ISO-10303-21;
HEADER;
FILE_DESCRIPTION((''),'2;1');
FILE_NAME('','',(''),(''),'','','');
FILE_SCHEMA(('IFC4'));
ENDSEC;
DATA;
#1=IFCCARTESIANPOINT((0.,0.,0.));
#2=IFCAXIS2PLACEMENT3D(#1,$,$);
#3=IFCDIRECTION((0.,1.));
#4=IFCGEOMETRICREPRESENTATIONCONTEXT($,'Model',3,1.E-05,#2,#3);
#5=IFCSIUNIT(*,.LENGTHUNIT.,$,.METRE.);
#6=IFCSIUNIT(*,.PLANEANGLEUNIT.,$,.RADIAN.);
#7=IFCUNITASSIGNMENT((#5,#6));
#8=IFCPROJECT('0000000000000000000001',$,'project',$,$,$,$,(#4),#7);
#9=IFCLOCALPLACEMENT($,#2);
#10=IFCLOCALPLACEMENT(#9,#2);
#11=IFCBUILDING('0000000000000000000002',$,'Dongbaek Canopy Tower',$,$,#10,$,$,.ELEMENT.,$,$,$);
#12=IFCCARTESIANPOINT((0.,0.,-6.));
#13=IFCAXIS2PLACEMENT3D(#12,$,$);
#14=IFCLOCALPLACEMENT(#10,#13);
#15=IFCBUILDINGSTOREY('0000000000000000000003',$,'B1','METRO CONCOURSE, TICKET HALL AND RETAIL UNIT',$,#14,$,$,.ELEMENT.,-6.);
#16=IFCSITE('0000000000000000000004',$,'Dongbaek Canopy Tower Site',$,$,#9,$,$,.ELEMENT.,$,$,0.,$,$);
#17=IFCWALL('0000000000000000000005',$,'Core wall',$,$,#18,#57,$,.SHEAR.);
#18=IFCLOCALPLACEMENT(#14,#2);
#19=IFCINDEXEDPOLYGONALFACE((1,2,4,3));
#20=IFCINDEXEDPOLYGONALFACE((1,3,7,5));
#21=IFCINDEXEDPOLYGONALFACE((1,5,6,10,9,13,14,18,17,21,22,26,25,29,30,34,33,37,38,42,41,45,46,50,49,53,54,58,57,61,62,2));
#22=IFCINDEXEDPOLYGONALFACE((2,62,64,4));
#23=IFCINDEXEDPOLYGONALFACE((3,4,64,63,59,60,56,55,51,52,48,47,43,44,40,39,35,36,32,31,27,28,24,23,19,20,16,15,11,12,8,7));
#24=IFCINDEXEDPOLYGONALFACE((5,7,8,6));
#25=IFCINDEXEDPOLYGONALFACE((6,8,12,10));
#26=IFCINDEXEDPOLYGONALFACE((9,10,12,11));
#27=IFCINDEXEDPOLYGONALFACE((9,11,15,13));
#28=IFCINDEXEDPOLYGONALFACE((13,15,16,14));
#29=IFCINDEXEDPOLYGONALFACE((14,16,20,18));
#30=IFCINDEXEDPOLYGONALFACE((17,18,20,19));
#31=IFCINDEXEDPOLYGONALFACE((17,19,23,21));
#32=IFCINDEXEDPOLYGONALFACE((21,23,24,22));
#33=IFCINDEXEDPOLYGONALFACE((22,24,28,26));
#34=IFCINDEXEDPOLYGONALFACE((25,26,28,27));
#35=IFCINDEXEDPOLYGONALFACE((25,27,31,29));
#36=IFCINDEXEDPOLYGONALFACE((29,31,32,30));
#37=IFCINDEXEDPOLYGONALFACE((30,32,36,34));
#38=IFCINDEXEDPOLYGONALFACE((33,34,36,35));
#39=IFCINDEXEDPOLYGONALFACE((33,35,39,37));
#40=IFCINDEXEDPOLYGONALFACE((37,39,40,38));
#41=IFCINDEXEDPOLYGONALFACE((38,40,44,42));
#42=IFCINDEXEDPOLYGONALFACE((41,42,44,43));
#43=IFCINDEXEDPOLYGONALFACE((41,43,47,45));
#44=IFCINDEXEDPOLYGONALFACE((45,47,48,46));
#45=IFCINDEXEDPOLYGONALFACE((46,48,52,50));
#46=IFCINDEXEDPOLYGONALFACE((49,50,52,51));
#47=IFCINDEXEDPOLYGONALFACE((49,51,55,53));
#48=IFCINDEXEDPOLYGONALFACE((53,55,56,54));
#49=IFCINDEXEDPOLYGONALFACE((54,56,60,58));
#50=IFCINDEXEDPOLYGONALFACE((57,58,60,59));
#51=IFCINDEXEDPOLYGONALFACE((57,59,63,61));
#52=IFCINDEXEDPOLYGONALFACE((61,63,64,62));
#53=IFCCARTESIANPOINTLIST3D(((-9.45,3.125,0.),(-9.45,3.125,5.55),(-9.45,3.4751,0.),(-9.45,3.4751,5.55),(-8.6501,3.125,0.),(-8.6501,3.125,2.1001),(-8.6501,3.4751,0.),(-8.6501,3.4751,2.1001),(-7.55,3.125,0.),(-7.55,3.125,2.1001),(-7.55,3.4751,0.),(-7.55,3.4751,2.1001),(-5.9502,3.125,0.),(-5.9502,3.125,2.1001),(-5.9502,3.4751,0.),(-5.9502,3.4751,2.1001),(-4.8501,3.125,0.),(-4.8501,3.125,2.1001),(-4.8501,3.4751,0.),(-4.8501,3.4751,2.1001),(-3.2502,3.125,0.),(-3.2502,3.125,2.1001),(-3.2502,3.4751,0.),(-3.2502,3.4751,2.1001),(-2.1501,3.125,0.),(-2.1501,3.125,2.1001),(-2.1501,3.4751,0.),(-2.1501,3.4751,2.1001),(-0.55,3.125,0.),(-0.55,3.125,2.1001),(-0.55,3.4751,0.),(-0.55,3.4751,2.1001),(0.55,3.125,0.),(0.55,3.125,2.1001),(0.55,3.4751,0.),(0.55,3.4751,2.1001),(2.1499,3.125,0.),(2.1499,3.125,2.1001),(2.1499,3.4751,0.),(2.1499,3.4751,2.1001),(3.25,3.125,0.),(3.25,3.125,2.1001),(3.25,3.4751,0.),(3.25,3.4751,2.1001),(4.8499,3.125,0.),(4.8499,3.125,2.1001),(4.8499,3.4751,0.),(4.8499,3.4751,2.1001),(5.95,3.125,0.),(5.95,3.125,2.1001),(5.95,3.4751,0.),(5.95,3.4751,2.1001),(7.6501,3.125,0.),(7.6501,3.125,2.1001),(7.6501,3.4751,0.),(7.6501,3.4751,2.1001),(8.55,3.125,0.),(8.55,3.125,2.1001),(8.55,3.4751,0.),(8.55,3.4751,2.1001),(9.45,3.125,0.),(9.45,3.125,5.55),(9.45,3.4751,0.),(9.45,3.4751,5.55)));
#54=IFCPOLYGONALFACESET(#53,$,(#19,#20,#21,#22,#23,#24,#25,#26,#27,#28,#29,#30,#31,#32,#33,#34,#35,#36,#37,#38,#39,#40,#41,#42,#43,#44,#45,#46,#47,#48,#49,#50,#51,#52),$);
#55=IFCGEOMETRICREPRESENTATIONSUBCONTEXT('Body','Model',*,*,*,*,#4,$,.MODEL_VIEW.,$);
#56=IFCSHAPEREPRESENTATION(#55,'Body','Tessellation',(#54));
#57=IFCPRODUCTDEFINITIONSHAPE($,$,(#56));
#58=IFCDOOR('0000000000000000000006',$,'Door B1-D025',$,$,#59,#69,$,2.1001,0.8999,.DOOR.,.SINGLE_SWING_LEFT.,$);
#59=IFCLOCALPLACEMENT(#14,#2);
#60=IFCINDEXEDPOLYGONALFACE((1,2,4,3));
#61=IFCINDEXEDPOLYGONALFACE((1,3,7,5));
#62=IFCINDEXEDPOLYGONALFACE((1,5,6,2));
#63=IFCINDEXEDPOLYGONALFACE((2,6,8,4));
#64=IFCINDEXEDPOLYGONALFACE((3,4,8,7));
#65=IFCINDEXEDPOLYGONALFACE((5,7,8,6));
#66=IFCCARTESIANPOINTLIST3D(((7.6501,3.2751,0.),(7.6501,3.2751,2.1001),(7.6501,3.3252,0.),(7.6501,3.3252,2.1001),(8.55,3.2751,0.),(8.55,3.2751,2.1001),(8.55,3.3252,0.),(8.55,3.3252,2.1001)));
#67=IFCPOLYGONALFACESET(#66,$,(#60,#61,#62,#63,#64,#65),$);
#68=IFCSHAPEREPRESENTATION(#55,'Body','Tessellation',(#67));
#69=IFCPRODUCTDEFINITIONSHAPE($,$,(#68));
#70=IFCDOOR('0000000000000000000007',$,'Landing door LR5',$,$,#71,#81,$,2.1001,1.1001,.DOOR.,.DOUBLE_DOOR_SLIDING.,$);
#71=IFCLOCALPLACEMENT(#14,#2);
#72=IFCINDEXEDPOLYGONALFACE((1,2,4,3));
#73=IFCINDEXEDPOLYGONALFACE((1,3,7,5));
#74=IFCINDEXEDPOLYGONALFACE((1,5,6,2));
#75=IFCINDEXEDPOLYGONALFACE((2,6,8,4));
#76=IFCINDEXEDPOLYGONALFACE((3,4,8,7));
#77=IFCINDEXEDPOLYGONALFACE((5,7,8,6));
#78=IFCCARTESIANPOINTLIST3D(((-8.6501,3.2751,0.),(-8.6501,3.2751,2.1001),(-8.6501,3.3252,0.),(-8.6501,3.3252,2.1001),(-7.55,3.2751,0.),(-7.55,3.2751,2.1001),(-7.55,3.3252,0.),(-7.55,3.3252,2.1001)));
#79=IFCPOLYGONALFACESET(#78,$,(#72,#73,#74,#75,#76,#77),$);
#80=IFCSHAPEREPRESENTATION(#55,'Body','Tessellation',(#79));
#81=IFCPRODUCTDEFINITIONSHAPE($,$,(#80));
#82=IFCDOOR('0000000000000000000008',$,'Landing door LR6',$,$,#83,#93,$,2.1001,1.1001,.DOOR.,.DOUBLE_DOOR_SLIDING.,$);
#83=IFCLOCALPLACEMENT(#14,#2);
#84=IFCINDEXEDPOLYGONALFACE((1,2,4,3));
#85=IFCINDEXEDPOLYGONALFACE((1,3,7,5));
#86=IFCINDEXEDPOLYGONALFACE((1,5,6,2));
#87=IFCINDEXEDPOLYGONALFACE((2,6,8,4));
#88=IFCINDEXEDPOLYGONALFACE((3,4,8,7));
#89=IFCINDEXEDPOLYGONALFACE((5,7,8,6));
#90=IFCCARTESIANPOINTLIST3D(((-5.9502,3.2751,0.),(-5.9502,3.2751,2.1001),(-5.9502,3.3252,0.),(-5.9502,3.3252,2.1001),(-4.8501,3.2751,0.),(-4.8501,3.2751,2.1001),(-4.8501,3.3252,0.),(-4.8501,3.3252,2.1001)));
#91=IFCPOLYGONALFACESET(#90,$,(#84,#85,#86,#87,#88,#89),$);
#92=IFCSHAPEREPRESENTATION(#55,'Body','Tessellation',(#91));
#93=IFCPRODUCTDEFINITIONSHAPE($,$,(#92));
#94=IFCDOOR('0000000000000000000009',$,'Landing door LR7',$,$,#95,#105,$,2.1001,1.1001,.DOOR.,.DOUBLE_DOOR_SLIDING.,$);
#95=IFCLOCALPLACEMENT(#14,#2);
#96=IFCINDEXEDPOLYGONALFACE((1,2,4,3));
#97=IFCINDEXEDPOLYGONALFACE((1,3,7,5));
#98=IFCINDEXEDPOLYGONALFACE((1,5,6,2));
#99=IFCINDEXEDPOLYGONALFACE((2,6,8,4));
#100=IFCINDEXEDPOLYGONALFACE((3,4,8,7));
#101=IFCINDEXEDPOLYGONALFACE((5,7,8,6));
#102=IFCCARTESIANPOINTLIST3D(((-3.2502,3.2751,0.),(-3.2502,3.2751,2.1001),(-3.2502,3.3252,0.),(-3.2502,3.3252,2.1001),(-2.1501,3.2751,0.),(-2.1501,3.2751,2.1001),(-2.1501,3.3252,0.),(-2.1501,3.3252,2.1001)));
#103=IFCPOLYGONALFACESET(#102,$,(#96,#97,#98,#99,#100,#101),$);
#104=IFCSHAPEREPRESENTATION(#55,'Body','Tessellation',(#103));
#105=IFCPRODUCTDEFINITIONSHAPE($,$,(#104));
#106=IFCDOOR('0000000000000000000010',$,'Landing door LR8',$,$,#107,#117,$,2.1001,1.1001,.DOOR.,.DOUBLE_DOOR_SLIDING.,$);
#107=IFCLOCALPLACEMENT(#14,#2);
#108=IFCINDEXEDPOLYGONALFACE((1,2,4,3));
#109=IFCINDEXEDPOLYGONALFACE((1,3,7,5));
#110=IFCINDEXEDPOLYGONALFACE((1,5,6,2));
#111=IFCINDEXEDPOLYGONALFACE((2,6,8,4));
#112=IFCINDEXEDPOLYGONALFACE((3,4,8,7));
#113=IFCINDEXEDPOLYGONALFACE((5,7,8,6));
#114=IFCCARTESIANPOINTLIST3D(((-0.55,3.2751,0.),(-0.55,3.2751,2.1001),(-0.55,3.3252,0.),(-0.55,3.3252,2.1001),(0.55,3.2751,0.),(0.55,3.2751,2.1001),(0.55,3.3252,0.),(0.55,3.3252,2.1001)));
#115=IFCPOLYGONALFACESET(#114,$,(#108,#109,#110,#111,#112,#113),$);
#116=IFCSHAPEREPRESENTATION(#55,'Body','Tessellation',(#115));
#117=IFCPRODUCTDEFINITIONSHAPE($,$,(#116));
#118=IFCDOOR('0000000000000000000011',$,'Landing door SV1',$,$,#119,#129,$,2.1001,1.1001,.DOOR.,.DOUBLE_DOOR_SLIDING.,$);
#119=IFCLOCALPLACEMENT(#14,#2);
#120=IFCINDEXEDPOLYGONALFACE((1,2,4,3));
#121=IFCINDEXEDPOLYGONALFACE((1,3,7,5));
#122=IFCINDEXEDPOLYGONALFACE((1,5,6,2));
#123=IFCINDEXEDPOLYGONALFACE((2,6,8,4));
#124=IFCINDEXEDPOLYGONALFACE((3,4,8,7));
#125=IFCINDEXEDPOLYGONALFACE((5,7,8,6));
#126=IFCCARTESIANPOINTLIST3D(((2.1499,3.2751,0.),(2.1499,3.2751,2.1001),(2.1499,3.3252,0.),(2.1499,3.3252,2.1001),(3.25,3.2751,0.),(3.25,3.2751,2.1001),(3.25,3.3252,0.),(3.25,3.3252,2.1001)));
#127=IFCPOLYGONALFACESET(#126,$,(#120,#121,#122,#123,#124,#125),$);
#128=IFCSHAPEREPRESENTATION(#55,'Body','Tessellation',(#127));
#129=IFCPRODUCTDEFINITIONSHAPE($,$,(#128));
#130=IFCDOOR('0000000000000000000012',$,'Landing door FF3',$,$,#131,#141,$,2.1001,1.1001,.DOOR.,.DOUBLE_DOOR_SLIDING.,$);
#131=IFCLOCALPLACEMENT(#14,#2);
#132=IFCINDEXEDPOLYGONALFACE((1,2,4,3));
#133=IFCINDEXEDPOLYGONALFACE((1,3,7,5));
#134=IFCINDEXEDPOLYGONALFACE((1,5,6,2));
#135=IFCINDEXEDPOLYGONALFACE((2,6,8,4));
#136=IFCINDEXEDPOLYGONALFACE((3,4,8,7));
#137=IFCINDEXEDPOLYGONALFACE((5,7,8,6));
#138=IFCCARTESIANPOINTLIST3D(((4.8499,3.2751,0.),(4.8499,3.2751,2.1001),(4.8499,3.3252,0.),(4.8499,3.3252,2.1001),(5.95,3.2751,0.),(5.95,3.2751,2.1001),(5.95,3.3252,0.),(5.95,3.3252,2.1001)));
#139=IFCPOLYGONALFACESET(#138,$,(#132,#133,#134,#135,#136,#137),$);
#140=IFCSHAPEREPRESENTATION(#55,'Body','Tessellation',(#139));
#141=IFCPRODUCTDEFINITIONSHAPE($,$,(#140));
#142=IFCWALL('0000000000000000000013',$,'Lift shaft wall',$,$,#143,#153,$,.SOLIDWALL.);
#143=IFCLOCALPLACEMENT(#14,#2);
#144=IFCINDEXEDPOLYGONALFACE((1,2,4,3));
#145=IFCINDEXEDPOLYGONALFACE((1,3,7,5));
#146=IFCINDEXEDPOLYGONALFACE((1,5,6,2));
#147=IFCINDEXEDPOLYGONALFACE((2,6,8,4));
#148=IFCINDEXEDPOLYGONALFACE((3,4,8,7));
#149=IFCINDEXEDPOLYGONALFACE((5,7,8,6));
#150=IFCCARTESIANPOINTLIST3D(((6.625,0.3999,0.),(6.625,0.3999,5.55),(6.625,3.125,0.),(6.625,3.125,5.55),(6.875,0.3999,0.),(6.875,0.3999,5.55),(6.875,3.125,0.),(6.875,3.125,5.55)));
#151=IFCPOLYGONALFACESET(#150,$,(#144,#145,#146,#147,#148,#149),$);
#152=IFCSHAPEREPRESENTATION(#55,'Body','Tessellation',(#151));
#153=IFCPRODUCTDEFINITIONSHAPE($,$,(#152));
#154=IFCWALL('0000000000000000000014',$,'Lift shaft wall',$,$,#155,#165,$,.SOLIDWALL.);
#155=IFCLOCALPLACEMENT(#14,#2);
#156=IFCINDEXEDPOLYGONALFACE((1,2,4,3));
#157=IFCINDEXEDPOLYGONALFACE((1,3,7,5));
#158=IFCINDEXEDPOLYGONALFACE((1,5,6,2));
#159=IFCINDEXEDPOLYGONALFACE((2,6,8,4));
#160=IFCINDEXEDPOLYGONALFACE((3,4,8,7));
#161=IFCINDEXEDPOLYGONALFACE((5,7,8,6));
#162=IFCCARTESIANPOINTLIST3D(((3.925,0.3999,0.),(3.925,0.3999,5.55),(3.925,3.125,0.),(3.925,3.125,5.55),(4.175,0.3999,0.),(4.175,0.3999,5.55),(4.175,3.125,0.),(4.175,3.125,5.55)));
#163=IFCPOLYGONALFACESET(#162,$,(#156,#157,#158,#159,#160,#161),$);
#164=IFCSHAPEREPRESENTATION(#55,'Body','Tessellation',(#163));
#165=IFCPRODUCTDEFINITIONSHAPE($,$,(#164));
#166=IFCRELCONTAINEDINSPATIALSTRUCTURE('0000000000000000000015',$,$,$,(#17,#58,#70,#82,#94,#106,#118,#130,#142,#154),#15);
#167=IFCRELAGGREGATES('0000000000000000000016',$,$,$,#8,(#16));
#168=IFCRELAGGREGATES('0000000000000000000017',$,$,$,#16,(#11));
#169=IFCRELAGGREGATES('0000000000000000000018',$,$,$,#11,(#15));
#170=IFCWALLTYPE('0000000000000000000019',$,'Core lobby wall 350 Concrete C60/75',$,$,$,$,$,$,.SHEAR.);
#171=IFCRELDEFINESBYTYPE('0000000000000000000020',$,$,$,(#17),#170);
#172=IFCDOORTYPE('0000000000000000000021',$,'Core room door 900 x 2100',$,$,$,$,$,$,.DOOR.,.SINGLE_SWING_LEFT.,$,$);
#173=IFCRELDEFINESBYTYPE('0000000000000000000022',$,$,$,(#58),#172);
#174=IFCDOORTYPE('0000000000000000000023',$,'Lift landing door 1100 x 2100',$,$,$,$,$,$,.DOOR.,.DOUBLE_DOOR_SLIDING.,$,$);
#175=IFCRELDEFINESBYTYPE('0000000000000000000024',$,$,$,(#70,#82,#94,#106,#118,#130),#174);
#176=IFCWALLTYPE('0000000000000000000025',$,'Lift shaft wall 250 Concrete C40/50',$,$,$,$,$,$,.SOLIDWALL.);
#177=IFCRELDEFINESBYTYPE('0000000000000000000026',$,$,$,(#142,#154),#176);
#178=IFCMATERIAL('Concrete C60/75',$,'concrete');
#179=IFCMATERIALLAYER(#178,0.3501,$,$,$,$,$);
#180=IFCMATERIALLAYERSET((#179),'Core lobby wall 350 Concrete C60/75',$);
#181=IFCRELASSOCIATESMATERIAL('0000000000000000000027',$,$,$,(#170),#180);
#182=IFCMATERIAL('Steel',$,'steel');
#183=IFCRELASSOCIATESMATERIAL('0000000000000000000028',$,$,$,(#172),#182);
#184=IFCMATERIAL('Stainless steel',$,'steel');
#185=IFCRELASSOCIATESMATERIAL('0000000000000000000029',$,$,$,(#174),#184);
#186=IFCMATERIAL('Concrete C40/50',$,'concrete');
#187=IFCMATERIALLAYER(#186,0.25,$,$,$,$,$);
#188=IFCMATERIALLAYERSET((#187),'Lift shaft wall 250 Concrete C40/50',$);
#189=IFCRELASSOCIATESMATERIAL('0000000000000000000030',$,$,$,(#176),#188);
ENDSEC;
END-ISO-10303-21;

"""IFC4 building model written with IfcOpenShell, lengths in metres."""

from ifc_helpers import new_model, si_unit, direction, frame, frame_2d, origin, place, context, subcontext, project, spatial, rectangle, extrude, material, layer, layer_set, type_object, element, fill, save


model = new_model("IFC4")

# Units and contexts
model_context = context("Model", 3, precision=1e-05, world=origin(), true_north=direction((0.0, 1.0)))
body_context = subcontext(model_context, "Body", "Model", "MODEL_VIEW")
ifc_project = project(units=[si_unit("LENGTHUNIT", "METRE"), si_unit("PLANEANGLEUNIT", "RADIAN")], contexts=[model_context])

# Site, building, storey
site_placement = place(None, origin())
site = spatial("IfcSite", under=ifc_project, at=site_placement, Name="Dongbaek Canopy Tower Site", CompositionType="ELEMENT", RefElevation=0.0)
building_placement = place(site_placement, origin())
building = spatial("IfcBuilding", under=site, at=building_placement, Name="Dongbaek Canopy Tower", CompositionType="ELEMENT")
storey_placement = place(building_placement, frame((0.0, 0.0, -6.0)))
storey = spatial("IfcBuildingStorey", under=building, at=storey_placement, Name="B1", Description="METRO CONCOURSE, TICKET HALL AND RETAIL UNIT", CompositionType="ELEMENT", Elevation=-6.0)

# Wall, openings, doors
ifc_material_1 = material(Name="Concrete C60/75", Category="concrete")
ifc_layer_1 = layer(ifc_material_1, 0.3501)
ifc_layer_set_1 = layer_set([ifc_layer_1], Name="Core lobby wall 350 Concrete C60/75")
wall_type_1 = type_object("IfcWallType", Name="Core lobby wall 350 Concrete C60/75", PredefinedType="SHEAR", material=ifc_layer_set_1)
wall_1_placement = place(storey_placement, frame((9.45, 3.3, 0.0), z_axis=(0.0, 0.0, 1.0), x_axis=(-1.0, 0.0, 0.0)))
wall_1 = element("IfcWall", 1, at=wall_1_placement, inside=storey, type_object=wall_type_1, Name="Core wall", PredefinedType="SHEAR", context=body_context, shape_type="SweptSolid", body=[
    extrude(rectangle(XDim=18.8999, YDim=0.3501, at=frame_2d((9.45, 0.0))), origin(), (0.0, 0.0, 1.0), 5.55),
])
opening_1_placement = place(wall_1_placement, frame((17.0, 0.0, 0.0)))
opening_1 = element("IfcOpeningElement", 2, at=opening_1_placement, cuts=wall_1, PredefinedType="OPENING", context=body_context, shape_type="SweptSolid", body=[
    extrude(rectangle(XDim=1.1001, YDim=2.1001, at=frame_2d((0.55, 1.05))), frame((0.0, 0.1851, 0.0), z_axis=(0.0, -1.0, 0.0), x_axis=(1.0, 0.0, 0.0)), (0.0, 0.0, 1.0), 0.3701),
])
opening_2_placement = place(wall_1_placement, frame((14.3, 0.0, 0.0)))
opening_2 = element("IfcOpeningElement", 3, at=opening_2_placement, cuts=wall_1, PredefinedType="OPENING", context=body_context, shape_type="SweptSolid", body=[
    extrude(rectangle(XDim=1.1001, YDim=2.1001, at=frame_2d((0.55, 1.05))), frame((0.0, 0.1851, 0.0), z_axis=(0.0, -1.0, 0.0), x_axis=(1.0, 0.0, 0.0)), (0.0, 0.0, 1.0), 0.3701),
])
opening_3_placement = place(wall_1_placement, frame((11.6001, 0.0, 0.0)))
opening_3 = element("IfcOpeningElement", 4, at=opening_3_placement, cuts=wall_1, PredefinedType="OPENING", context=body_context, shape_type="SweptSolid", body=[
    extrude(rectangle(XDim=1.1001, YDim=2.1001, at=frame_2d((0.55, 1.05))), frame((0.0, 0.1851, 0.0), z_axis=(0.0, -1.0, 0.0), x_axis=(1.0, 0.0, 0.0)), (0.0, 0.0, 1.0), 0.3701),
])
opening_4_placement = place(wall_1_placement, frame((8.8999, 0.0, 0.0)))
opening_4 = element("IfcOpeningElement", 5, at=opening_4_placement, cuts=wall_1, PredefinedType="OPENING", context=body_context, shape_type="SweptSolid", body=[
    extrude(rectangle(XDim=1.1001, YDim=2.1001, at=frame_2d((0.55, 1.05))), frame((0.0, 0.1851, 0.0), z_axis=(0.0, -1.0, 0.0), x_axis=(1.0, 0.0, 0.0)), (0.0, 0.0, 1.0), 0.3701),
])
opening_5_placement = place(wall_1_placement, frame((6.2, 0.0, 0.0)))
opening_5 = element("IfcOpeningElement", 6, at=opening_5_placement, cuts=wall_1, PredefinedType="OPENING", context=body_context, shape_type="SweptSolid", body=[
    extrude(rectangle(XDim=1.1001, YDim=2.1001, at=frame_2d((0.55, 1.05))), frame((0.0, 0.1851, 0.0), z_axis=(0.0, -1.0, 0.0), x_axis=(1.0, 0.0, 0.0)), (0.0, 0.0, 1.0), 0.3701),
])
opening_6_placement = place(wall_1_placement, frame((3.5, 0.0, 0.0)))
opening_6 = element("IfcOpeningElement", 7, at=opening_6_placement, cuts=wall_1, PredefinedType="OPENING", context=body_context, shape_type="SweptSolid", body=[
    extrude(rectangle(XDim=1.1001, YDim=2.1001, at=frame_2d((0.55, 1.05))), frame((0.0, 0.1851, 0.0), z_axis=(0.0, -1.0, 0.0), x_axis=(1.0, 0.0, 0.0)), (0.0, 0.0, 1.0), 0.3701),
])
opening_7_placement = place(wall_1_placement, frame((0.8999, 0.0, 0.0)))
opening_7 = element("IfcOpeningElement", 8, at=opening_7_placement, cuts=wall_1, PredefinedType="OPENING", context=body_context, shape_type="SweptSolid", body=[
    extrude(rectangle(XDim=0.8999, YDim=2.1001, at=frame_2d((0.45, 1.05))), frame((0.0, 0.1851, 0.0), z_axis=(0.0, -1.0, 0.0), x_axis=(1.0, 0.0, 0.0)), (0.0, 0.0, 1.0), 0.3701),
])
ifc_material_2 = material(Name="Steel", Category="steel")
door_type_1 = type_object("IfcDoorType", Name="Core room door 900 x 2100", OperationType="SINGLE_SWING_LEFT", PredefinedType="DOOR", material=ifc_material_2)
door_1_placement = place(opening_7_placement, origin())
door_1 = element("IfcDoor", 9, at=door_1_placement, inside=storey, type_object=door_type_1, Name="Door B1-D025", OperationType="SINGLE_SWING_LEFT", OverallHeight=2.1001, OverallWidth=0.8999, PredefinedType="DOOR", context=body_context, shape_type="SweptSolid", body=[
    extrude(rectangle(XDim=0.8999, YDim=2.1001, at=frame_2d((0.45, 1.05))), frame((0.0, 0.0249, 0.0), z_axis=(0.0, -1.0, 0.0), x_axis=(1.0, 0.0, 0.0)), (0.0, 0.0, 1.0), 0.05),
])
fill(opening_7, door_1)
ifc_material_3 = material(Name="Stainless steel", Category="steel")
door_type_2 = type_object("IfcDoorType", Name="Lift landing door 1100 x 2100", OperationType="DOUBLE_DOOR_SLIDING", PredefinedType="DOOR", material=ifc_material_3)
door_2_placement = place(opening_1_placement, origin())
door_2 = element("IfcDoor", 10, at=door_2_placement, inside=storey, type_object=door_type_2, Name="Landing door LR5", OperationType="DOUBLE_DOOR_SLIDING", OverallHeight=2.1001, OverallWidth=1.1001, PredefinedType="DOOR", context=body_context, shape_type="SweptSolid", body=[
    extrude(rectangle(XDim=1.1001, YDim=2.1001, at=frame_2d((0.55, 1.05))), frame((0.0, 0.0249, 0.0), z_axis=(0.0, -1.0, 0.0), x_axis=(1.0, 0.0, 0.0)), (0.0, 0.0, 1.0), 0.05),
])
fill(opening_1, door_2)
door_3_placement = place(opening_2_placement, origin())
door_3 = element("IfcDoor", 11, at=door_3_placement, inside=storey, type_object=door_type_2, Name="Landing door LR6", OperationType="DOUBLE_DOOR_SLIDING", OverallHeight=2.1001, OverallWidth=1.1001, PredefinedType="DOOR", context=body_context, shape_type="SweptSolid", body=[
    extrude(rectangle(XDim=1.1001, YDim=2.1001, at=frame_2d((0.55, 1.05))), frame((0.0, 0.0249, 0.0), z_axis=(0.0, -1.0, 0.0), x_axis=(1.0, 0.0, 0.0)), (0.0, 0.0, 1.0), 0.05),
])
fill(opening_2, door_3)
door_4_placement = place(opening_3_placement, origin())
door_4 = element("IfcDoor", 12, at=door_4_placement, inside=storey, type_object=door_type_2, Name="Landing door LR7", OperationType="DOUBLE_DOOR_SLIDING", OverallHeight=2.1001, OverallWidth=1.1001, PredefinedType="DOOR", context=body_context, shape_type="SweptSolid", body=[
    extrude(rectangle(XDim=1.1001, YDim=2.1001, at=frame_2d((0.55, 1.05))), frame((0.0, 0.0249, 0.0), z_axis=(0.0, -1.0, 0.0), x_axis=(1.0, 0.0, 0.0)), (0.0, 0.0, 1.0), 0.05),
])
fill(opening_3, door_4)
door_5_placement = place(opening_4_placement, origin())
door_5 = element("IfcDoor", 13, at=door_5_placement, inside=storey, type_object=door_type_2, Name="Landing door LR8", OperationType="DOUBLE_DOOR_SLIDING", OverallHeight=2.1001, OverallWidth=1.1001, PredefinedType="DOOR", context=body_context, shape_type="SweptSolid", body=[
    extrude(rectangle(XDim=1.1001, YDim=2.1001, at=frame_2d((0.55, 1.05))), frame((0.0, 0.0249, 0.0), z_axis=(0.0, -1.0, 0.0), x_axis=(1.0, 0.0, 0.0)), (0.0, 0.0, 1.0), 0.05),
])
fill(opening_4, door_5)
door_6_placement = place(opening_5_placement, origin())
door_6 = element("IfcDoor", 14, at=door_6_placement, inside=storey, type_object=door_type_2, Name="Landing door SV1", OperationType="DOUBLE_DOOR_SLIDING", OverallHeight=2.1001, OverallWidth=1.1001, PredefinedType="DOOR", context=body_context, shape_type="SweptSolid", body=[
    extrude(rectangle(XDim=1.1001, YDim=2.1001, at=frame_2d((0.55, 1.05))), frame((0.0, 0.0249, 0.0), z_axis=(0.0, -1.0, 0.0), x_axis=(1.0, 0.0, 0.0)), (0.0, 0.0, 1.0), 0.05),
])
fill(opening_5, door_6)
door_7_placement = place(opening_6_placement, origin())
door_7 = element("IfcDoor", 15, at=door_7_placement, inside=storey, type_object=door_type_2, Name="Landing door FF3", OperationType="DOUBLE_DOOR_SLIDING", OverallHeight=2.1001, OverallWidth=1.1001, PredefinedType="DOOR", context=body_context, shape_type="SweptSolid", body=[
    extrude(rectangle(XDim=1.1001, YDim=2.1001, at=frame_2d((0.55, 1.05))), frame((0.0, 0.0249, 0.0), z_axis=(0.0, -1.0, 0.0), x_axis=(1.0, 0.0, 0.0)), (0.0, 0.0, 1.0), 0.05),
])
fill(opening_6, door_7)

# Walls
ifc_material_4 = material(Name="Concrete C40/50", Category="concrete")
ifc_layer_2 = layer(ifc_material_4, 0.25)
ifc_layer_set_2 = layer_set([ifc_layer_2], Name="Lift shaft wall 250 Concrete C40/50")
wall_type_2 = type_object("IfcWallType", Name="Lift shaft wall 250 Concrete C40/50", PredefinedType="SOLIDWALL", material=ifc_layer_set_2)
for number, where, z_axis, x_axis, name in (
    (16, (6.75, 0.3999, 0.0), (0.0, 0.0, 1.0), (0.0, 1.0, 0.0), "Lift shaft wall"),
    (17, (4.05, 0.3999, 0.0), (0.0, 0.0, 1.0), (0.0, 1.0, 0.0), "Lift shaft wall"),
):
    element("IfcWall", number, at=place(storey_placement, frame(where, z_axis=z_axis, x_axis=x_axis)), inside=storey, type_object=wall_type_2, Name=name, PredefinedType="SOLIDWALL", context=body_context, shape_type="SweptSolid", body=[
        extrude(rectangle(XDim=2.7251, YDim=0.25, at=frame_2d((1.3625, 0.0))), origin(), (0.0, 0.0, 1.0), 5.55),
    ])

save(model, "model.ifc")
